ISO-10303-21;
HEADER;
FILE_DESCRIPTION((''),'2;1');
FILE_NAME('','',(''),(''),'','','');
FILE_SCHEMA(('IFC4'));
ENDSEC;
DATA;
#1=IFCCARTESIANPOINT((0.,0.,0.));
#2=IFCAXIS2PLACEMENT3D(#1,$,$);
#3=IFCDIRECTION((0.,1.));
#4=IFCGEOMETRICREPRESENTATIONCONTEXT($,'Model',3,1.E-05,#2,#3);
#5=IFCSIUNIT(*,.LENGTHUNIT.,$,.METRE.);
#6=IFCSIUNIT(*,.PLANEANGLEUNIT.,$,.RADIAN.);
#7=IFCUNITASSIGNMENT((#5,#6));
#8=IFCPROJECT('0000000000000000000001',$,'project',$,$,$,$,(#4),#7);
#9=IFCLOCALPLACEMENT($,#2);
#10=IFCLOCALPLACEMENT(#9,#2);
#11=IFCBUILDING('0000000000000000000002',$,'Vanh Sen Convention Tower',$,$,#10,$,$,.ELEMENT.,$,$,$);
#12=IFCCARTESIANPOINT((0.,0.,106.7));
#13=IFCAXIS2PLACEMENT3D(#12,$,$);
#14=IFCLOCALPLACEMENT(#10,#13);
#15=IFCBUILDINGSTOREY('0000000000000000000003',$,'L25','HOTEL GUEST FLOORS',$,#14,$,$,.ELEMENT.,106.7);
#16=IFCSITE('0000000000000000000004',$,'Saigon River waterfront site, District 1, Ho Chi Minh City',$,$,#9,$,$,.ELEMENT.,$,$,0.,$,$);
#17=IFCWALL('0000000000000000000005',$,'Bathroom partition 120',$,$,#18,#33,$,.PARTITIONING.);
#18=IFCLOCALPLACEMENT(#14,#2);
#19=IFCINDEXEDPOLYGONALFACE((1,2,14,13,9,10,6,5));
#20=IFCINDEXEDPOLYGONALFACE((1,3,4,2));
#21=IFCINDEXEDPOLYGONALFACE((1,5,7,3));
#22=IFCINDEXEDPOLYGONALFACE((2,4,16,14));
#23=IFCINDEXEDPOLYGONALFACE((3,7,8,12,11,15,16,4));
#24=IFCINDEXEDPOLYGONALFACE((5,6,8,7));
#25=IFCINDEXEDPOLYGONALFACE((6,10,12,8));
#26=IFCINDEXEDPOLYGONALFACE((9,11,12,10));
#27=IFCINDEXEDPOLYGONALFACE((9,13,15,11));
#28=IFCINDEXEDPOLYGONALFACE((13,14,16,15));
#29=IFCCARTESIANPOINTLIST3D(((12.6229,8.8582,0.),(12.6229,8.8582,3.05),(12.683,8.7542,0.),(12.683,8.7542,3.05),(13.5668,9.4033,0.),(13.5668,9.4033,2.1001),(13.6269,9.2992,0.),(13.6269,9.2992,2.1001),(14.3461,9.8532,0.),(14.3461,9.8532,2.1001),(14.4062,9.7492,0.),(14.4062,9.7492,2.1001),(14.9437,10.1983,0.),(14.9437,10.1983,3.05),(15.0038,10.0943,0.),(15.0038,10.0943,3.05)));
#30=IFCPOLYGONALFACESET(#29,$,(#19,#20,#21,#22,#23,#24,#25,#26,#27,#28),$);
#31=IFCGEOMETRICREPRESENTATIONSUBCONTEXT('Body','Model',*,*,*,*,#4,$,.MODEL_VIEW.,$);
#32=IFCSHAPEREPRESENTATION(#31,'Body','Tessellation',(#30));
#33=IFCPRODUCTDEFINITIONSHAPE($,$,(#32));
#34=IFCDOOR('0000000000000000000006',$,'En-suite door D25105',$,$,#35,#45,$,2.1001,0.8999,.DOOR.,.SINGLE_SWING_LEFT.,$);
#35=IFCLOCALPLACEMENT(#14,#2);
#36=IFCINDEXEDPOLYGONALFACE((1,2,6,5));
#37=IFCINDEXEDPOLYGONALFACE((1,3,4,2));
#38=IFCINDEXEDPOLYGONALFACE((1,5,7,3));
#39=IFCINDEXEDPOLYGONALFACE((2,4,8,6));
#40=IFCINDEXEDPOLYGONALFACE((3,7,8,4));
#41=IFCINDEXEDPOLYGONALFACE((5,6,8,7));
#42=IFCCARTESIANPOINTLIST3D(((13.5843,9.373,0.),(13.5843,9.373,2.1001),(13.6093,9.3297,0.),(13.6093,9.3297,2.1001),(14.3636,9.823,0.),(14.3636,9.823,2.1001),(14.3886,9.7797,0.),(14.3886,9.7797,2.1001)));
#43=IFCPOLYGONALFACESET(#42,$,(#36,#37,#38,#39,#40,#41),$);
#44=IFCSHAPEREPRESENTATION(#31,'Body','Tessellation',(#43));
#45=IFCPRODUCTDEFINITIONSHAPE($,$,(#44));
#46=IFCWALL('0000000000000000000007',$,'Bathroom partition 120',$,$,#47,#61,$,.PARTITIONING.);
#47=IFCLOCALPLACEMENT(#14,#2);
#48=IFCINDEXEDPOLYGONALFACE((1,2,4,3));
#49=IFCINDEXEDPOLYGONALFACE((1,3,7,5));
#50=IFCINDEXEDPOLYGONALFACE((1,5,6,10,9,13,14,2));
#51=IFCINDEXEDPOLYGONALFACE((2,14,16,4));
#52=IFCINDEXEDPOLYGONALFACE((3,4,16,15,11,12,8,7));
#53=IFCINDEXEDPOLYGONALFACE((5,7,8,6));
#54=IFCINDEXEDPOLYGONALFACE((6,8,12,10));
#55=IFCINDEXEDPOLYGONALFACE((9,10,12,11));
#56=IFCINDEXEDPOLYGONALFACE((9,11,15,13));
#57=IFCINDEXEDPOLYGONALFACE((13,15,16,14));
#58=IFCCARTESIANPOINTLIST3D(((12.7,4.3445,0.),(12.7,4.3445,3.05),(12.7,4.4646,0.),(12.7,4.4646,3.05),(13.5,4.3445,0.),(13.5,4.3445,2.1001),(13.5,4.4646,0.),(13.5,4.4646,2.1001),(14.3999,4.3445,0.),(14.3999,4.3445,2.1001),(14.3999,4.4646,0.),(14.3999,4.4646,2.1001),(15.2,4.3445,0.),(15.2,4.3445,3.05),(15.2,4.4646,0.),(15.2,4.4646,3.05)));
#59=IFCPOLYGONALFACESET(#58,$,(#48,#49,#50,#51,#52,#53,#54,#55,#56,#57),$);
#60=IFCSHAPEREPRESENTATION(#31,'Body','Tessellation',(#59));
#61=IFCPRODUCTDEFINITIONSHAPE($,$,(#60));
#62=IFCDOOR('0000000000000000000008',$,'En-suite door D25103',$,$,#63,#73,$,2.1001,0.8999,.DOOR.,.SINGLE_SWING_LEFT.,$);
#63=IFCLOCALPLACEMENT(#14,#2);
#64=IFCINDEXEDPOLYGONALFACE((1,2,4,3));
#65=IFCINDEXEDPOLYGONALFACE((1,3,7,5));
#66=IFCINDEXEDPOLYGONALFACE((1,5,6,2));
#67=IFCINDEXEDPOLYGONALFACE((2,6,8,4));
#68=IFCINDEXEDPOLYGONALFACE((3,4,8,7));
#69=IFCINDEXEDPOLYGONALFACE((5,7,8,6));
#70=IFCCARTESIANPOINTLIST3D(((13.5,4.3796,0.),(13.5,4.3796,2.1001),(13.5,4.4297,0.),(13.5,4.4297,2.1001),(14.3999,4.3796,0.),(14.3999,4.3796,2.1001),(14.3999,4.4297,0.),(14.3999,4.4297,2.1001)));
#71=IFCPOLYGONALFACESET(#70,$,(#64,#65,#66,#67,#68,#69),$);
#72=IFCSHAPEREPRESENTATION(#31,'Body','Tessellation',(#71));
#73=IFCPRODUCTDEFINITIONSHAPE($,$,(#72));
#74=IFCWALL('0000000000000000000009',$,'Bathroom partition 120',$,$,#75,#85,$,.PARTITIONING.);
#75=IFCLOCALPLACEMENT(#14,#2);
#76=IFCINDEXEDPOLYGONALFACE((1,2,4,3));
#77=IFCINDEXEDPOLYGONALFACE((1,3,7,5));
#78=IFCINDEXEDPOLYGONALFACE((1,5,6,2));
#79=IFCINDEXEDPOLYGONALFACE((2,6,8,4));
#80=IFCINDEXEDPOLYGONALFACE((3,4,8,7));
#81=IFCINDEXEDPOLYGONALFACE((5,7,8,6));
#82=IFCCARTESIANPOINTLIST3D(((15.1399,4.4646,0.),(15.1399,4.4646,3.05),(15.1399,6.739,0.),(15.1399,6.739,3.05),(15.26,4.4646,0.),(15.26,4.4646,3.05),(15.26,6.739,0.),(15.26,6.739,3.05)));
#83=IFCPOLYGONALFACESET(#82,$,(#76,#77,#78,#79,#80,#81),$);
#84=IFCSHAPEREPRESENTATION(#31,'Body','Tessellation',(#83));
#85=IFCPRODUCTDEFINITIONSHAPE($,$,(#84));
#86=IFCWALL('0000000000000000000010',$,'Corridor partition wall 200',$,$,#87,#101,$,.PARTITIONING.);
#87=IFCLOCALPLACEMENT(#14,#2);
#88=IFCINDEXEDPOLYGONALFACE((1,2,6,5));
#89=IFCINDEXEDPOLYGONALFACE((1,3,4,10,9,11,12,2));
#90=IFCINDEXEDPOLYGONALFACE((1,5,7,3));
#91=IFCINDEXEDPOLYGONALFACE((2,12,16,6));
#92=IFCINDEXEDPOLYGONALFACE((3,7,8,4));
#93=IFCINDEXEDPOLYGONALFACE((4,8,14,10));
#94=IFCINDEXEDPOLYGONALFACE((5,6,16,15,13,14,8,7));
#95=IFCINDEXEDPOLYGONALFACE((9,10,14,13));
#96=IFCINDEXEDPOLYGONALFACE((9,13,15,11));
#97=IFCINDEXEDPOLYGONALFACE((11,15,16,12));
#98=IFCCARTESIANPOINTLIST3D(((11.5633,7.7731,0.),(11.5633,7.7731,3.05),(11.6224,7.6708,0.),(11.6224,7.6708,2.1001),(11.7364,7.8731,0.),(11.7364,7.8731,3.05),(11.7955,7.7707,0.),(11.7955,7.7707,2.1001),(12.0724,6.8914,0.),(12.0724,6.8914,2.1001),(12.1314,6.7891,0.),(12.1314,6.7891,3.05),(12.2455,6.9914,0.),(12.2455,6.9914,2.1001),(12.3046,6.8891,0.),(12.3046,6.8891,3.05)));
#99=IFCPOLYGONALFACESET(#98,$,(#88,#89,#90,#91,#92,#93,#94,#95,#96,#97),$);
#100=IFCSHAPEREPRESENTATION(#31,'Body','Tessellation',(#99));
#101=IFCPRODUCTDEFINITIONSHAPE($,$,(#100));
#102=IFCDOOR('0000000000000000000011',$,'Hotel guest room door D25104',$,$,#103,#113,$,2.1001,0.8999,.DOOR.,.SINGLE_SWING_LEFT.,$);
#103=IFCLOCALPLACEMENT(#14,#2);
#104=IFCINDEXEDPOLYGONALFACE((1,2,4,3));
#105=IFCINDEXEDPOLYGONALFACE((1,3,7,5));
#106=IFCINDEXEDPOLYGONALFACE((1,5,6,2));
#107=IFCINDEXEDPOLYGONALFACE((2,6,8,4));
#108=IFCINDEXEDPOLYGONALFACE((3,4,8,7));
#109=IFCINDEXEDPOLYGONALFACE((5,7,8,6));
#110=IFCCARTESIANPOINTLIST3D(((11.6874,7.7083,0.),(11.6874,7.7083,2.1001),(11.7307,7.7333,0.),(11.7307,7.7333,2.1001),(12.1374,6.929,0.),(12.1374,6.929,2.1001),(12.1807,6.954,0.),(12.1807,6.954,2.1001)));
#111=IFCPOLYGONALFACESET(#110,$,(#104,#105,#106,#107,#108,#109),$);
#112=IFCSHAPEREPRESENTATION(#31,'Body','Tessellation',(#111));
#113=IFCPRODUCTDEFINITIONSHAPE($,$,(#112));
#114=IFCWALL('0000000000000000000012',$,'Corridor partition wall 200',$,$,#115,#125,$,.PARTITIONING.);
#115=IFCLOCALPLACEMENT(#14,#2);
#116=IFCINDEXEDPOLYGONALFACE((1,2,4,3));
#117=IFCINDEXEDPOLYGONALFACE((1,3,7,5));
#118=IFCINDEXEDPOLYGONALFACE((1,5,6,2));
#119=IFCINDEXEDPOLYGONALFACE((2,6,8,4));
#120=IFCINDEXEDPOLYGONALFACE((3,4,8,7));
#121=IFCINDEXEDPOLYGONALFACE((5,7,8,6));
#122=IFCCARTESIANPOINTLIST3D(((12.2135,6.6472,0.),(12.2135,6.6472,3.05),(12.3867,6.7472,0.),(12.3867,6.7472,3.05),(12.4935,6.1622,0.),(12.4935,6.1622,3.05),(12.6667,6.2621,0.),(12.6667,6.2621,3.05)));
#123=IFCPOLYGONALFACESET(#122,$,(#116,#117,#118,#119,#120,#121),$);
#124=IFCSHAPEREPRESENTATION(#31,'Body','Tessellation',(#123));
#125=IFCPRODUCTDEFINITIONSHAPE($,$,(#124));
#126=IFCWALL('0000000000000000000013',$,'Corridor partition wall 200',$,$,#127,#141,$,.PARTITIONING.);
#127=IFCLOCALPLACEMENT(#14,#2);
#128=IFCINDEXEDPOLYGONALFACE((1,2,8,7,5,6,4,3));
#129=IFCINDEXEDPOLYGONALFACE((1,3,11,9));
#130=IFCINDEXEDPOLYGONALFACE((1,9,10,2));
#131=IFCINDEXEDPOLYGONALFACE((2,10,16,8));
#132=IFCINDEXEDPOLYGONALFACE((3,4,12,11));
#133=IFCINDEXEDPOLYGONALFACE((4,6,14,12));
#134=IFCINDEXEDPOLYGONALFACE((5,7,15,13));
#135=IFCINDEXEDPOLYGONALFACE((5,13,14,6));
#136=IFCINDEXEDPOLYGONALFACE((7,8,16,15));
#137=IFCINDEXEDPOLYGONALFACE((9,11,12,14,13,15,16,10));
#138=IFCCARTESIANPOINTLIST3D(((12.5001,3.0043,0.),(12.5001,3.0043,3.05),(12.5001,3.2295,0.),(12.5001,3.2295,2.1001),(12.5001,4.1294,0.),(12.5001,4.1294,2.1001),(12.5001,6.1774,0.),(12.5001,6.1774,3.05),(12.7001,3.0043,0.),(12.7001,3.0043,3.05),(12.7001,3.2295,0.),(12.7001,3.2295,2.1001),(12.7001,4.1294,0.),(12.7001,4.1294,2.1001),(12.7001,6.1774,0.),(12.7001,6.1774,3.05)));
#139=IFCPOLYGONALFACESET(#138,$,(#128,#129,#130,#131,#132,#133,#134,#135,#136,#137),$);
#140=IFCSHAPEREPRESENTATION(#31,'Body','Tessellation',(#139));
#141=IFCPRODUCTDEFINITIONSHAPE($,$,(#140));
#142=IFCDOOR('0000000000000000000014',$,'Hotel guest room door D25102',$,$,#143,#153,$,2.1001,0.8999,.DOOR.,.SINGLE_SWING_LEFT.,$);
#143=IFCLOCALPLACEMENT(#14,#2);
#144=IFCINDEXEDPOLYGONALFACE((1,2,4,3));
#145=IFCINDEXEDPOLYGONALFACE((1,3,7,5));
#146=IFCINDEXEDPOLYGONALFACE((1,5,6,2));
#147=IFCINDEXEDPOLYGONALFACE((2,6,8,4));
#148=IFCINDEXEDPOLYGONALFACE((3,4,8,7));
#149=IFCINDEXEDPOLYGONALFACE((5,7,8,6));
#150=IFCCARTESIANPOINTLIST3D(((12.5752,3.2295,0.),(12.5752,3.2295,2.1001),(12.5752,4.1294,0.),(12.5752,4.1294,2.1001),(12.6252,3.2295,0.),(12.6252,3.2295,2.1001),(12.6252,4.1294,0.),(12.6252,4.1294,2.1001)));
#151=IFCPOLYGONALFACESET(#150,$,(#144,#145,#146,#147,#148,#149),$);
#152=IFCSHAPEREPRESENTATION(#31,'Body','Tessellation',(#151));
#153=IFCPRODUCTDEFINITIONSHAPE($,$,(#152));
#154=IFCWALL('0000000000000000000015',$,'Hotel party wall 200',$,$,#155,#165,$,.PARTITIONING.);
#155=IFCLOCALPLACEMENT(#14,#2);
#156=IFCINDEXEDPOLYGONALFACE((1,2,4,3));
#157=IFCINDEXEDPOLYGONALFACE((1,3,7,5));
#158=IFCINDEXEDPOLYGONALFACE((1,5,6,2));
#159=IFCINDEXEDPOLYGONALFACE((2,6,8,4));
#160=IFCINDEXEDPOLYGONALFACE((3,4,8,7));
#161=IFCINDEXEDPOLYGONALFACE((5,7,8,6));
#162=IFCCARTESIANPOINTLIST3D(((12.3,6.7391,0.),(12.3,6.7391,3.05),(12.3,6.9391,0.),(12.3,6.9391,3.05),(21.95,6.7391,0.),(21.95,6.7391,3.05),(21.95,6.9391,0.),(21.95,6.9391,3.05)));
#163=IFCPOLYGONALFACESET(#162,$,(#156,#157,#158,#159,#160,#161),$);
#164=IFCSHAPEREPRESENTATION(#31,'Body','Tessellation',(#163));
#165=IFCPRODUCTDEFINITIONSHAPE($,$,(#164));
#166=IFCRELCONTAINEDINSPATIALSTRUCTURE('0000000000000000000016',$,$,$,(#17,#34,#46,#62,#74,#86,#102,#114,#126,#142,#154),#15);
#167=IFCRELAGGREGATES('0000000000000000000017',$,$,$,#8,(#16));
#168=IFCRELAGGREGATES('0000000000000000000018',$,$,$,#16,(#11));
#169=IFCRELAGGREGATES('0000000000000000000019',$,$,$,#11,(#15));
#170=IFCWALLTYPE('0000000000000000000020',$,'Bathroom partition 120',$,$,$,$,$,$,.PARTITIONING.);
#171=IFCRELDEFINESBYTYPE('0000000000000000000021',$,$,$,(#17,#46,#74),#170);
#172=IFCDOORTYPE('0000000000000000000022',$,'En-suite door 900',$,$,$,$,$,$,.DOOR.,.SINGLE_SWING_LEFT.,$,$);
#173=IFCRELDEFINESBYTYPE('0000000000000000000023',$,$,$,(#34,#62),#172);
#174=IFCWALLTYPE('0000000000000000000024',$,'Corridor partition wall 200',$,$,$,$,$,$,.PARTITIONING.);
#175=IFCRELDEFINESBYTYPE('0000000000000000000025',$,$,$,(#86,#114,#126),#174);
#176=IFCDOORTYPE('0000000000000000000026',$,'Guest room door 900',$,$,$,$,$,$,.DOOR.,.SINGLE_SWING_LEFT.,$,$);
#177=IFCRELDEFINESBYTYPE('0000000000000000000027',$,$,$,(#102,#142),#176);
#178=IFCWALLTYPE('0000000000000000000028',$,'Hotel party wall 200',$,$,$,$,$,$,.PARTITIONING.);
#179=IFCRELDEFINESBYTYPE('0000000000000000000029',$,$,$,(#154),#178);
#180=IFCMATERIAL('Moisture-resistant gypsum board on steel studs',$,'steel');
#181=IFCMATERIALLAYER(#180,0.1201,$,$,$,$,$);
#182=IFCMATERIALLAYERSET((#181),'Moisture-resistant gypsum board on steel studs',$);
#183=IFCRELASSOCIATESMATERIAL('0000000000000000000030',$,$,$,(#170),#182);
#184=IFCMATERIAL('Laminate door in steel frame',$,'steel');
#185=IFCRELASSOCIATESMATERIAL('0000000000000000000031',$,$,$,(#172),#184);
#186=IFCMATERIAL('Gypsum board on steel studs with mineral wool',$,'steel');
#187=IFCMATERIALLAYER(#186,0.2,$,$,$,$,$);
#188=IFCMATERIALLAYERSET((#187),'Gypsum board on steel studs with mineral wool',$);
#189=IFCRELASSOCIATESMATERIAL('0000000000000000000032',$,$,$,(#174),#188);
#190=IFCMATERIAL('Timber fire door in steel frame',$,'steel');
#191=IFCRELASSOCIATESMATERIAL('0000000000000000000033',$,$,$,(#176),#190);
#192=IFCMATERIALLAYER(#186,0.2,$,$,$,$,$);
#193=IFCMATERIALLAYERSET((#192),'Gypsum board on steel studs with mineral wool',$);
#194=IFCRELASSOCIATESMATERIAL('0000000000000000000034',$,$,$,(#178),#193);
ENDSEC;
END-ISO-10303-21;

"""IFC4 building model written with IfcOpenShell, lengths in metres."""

from ifc_helpers import new_model, si_unit, direction, frame, frame_2d, origin, place, context, subcontext, project, spatial, rectangle, extrude, material, layer, layer_set, type_object, element, fill, save


model = new_model("IFC4")

# Units and contexts
model_context = context("Model", 3, precision=1e-05, world=origin(), true_north=direction((0.0, 1.0)))
body_context = subcontext(model_context, "Body", "Model", "MODEL_VIEW")
ifc_project = project(units=[si_unit("LENGTHUNIT", "METRE"), si_unit("PLANEANGLEUNIT", "RADIAN")], contexts=[model_context])

# Site, building, storey
site_placement = place(None, origin())
site = spatial("IfcSite", under=ifc_project, at=site_placement, Name="Saigon River waterfront site, District 1, Ho Chi Minh City", CompositionType="ELEMENT", RefElevation=0.0)
building_placement = place(site_placement, origin())
building = spatial("IfcBuilding", under=site, at=building_placement, Name="Vanh Sen Convention Tower", CompositionType="ELEMENT")
storey_placement = place(building_placement, frame((0.0, 0.0, 106.7)))
storey = spatial("IfcBuildingStorey", under=building, at=storey_placement, Name="L25", Description="HOTEL GUEST FLOORS", CompositionType="ELEMENT", Elevation=106.7)

# Shared definitions
ifc_material_1 = material(Name="Moisture-resistant gypsum board on steel studs", Category="steel")
ifc_layer_1 = layer(ifc_material_1, 0.1201)
ifc_layer_set_1 = layer_set([ifc_layer_1], Name="Moisture-resistant gypsum board on steel studs")
wall_type_1 = type_object("IfcWallType", Name="Bathroom partition 120", PredefinedType="PARTITIONING", material=ifc_layer_set_1)

# Walls, openings, doors
wall_1_placement = place(storey_placement, frame((14.9736, 10.1462, 0.0), z_axis=(0.0, 0.0, 1.0), x_axis=(-0.865997, -0.500048, 0.0)))
wall_1 = element("IfcWall", 1, at=wall_1_placement, inside=storey, type_object=wall_type_1, Name="Bathroom partition 120", PredefinedType="PARTITIONING", context=body_context, shape_type="SweptSolid", body=[
    extrude(rectangle(XDim=2.6799, YDim=0.1201, at=frame_2d((1.3398, 0.0))), origin(), (0.0, 0.0, 1.0), 3.05),
])
opening_1_placement = place(wall_1_placement, frame((0.6899, 0.0, 0.0)))
opening_1 = element("IfcOpeningElement", 2, at=opening_1_placement, cuts=wall_1, PredefinedType="OPENING", context=body_context, shape_type="SweptSolid", body=[
    extrude(rectangle(XDim=0.8999, YDim=2.1001, at=frame_2d((0.45, 1.05))), frame((0.0, 0.0701, 0.0), z_axis=(0.0, -1.0, 0.0), x_axis=(1.0, 0.0, 0.0)), (0.0, 0.0, 1.0), 0.1401),
])
ifc_material_2 = material(Name="Laminate door in steel frame", Category="steel")
door_type_1 = type_object("IfcDoorType", Name="En-suite door 900", OperationType="SINGLE_SWING_LEFT", PredefinedType="DOOR", material=ifc_material_2)
door_1_placement = place(opening_1_placement, origin())
door_1 = element("IfcDoor", 3, at=door_1_placement, inside=storey, type_object=door_type_1, Name="En-suite door D25105", OperationType="SINGLE_SWING_LEFT", OverallHeight=2.1001, OverallWidth=0.8999, PredefinedType="DOOR", context=body_context, shape_type="SweptSolid", body=[
    extrude(rectangle(XDim=0.8999, YDim=2.1001, at=frame_2d((0.45, 1.05))), frame((0.0, 0.0249, 0.0), z_axis=(0.0, -1.0, 0.0), x_axis=(1.0, 0.0, 0.0)), (0.0, 0.0, 1.0), 0.05),
])
fill(opening_1, door_1)
wall_2_placement = place(storey_placement, frame((15.2, 4.4045, 0.0), z_axis=(0.0, 0.0, 1.0), x_axis=(-1.0, 0.0, 0.0)))
wall_2 = element("IfcWall", 4, at=wall_2_placement, inside=storey, type_object=wall_type_1, Name="Bathroom partition 120", PredefinedType="PARTITIONING", context=body_context, shape_type="SweptSolid", body=[
    extrude(rectangle(XDim=2.5, YDim=0.1201, at=frame_2d((1.25, 0.0))), origin(), (0.0, 0.0, 1.0), 3.05),
])
opening_2_placement = place(wall_2_placement, frame((0.8, 0.0, 0.0)))
opening_2 = element("IfcOpeningElement", 5, at=opening_2_placement, cuts=wall_2, PredefinedType="OPENING", context=body_context, shape_type="SweptSolid", body=[
    extrude(rectangle(XDim=0.8999, YDim=2.1001, at=frame_2d((0.45, 1.05))), frame((0.0, 0.0701, 0.0), z_axis=(0.0, -1.0, 0.0), x_axis=(1.0, 0.0, 0.0)), (0.0, 0.0, 1.0), 0.1401),
])
door_2_placement = place(opening_2_placement, origin())
door_2 = element("IfcDoor", 6, at=door_2_placement, inside=storey, type_object=door_type_1, Name="En-suite door D25103", OperationType="SINGLE_SWING_LEFT", OverallHeight=2.1001, OverallWidth=0.8999, PredefinedType="DOOR", context=body_context, shape_type="SweptSolid", body=[
    extrude(rectangle(XDim=0.8999, YDim=2.1001, at=frame_2d((0.45, 1.05))), frame((0.0, 0.0249, 0.0), z_axis=(0.0, -1.0, 0.0), x_axis=(1.0, 0.0, 0.0)), (0.0, 0.0, 1.0), 0.05),
])
fill(opening_2, door_2)

# Wall
wall_3_placement = place(storey_placement, frame((15.2, 6.739, 0.0), z_axis=(0.0, 0.0, 1.0), x_axis=(0.0, -1.0, 0.0)))
element("IfcWall", 7, at=wall_3_placement, inside=storey, type_object=wall_type_1, Name="Bathroom partition 120", PredefinedType="PARTITIONING", context=body_context, shape_type="SweptSolid", body=[
    extrude(rectangle(XDim=2.2744, YDim=0.1201, at=frame_2d((1.1372, 0.0))), origin(), (0.0, 0.0, 1.0), 3.05),
])

# Wall, opening, door
ifc_material_3 = material(Name="Gypsum board on steel studs with mineral wool", Category="steel")
ifc_layer_2 = layer(ifc_material_3, 0.2)
ifc_layer_set_2 = layer_set([ifc_layer_2], Name="Gypsum board on steel studs with mineral wool")
wall_type_2 = type_object("IfcWallType", Name="Corridor partition wall 200", PredefinedType="PARTITIONING", material=ifc_layer_set_2)
wall_4_placement = place(storey_placement, frame((12.218, 6.8391, 0.0), z_axis=(0.0, 0.0, 1.0), x_axis=(-0.500045, 0.865999, 0.0)))
wall_4 = element("IfcWall", 8, at=wall_4_placement, inside=storey, type_object=wall_type_2, Name="Corridor partition wall 200", PredefinedType="PARTITIONING", context=body_context, shape_type="SweptSolid", body=[
    extrude(rectangle(XDim=1.1362, YDim=0.2, at=frame_2d((0.5681, 0.0))), origin(), (0.0, 0.0, 1.0), 3.05),
])
opening_3_placement = place(wall_4_placement, frame((0.1182, 0.0, 0.0)))
opening_3 = element("IfcOpeningElement", 9, at=opening_3_placement, cuts=wall_4, PredefinedType="OPENING", context=body_context, shape_type="SweptSolid", body=[
    extrude(rectangle(XDim=0.8999, YDim=2.1001, at=frame_2d((0.45, 1.05))), frame((0.0, 0.1099, 0.0), z_axis=(0.0, -1.0, 0.0), x_axis=(1.0, 0.0, 0.0)), (0.0, 0.0, 1.0), 0.22),
])
ifc_material_4 = material(Name="Timber fire door in steel frame", Category="steel")
door_type_2 = type_object("IfcDoorType", Name="Guest room door 900", OperationType="SINGLE_SWING_LEFT", PredefinedType="DOOR", material=ifc_material_4)
door_3_placement = place(opening_3_placement, origin())
door_3 = element("IfcDoor", 10, at=door_3_placement, inside=storey, type_object=door_type_2, Name="Hotel guest room door D25104", OperationType="SINGLE_SWING_LEFT", OverallHeight=2.1001, OverallWidth=0.8999, PredefinedType="DOOR", context=body_context, shape_type="SweptSolid", body=[
    extrude(rectangle(XDim=0.8999, YDim=2.1001, at=frame_2d((0.45, 1.05))), frame((0.0, 0.0249, 0.0), z_axis=(0.0, -1.0, 0.0), x_axis=(1.0, 0.0, 0.0)), (0.0, 0.0, 1.0), 0.05),
])
fill(opening_3, door_3)

# Wall
wall_5_placement = place(storey_placement, frame((12.5801, 6.2122, 0.0), z_axis=(0.0, 0.0, 1.0), x_axis=(-0.499936, 0.866062, 0.0)))
element("IfcWall", 11, at=wall_5_placement, inside=storey, type_object=wall_type_2, Name="Corridor partition wall 200", PredefinedType="PARTITIONING", context=body_context, shape_type="SweptSolid", body=[
    extrude(rectangle(XDim=0.5601, YDim=0.2, at=frame_2d((0.28, 0.0))), origin(), (0.0, 0.0, 1.0), 3.05),
])

# Wall, opening, door
wall_6_placement = place(storey_placement, frame((12.6001, 3.0044, 0.0), z_axis=(0.0, 0.0, 1.0), x_axis=(0.0, 1.0, 0.0)))
wall_6 = element("IfcWall", 12, at=wall_6_placement, inside=storey, type_object=wall_type_2, Name="Corridor partition wall 200", PredefinedType="PARTITIONING", context=body_context, shape_type="SweptSolid", body=[
    extrude(rectangle(XDim=3.1731, YDim=0.2, at=frame_2d((1.5864, 0.0))), origin(), (0.0, 0.0, 1.0), 3.05),
])
opening_4_placement = place(wall_6_placement, frame((0.2251, 0.0, 0.0)))
opening_4 = element("IfcOpeningElement", 13, at=opening_4_placement, cuts=wall_6, PredefinedType="OPENING", context=body_context, shape_type="SweptSolid", body=[
    extrude(rectangle(XDim=0.8999, YDim=2.1001, at=frame_2d((0.45, 1.05))), frame((0.0, 0.1099, 0.0), z_axis=(0.0, -1.0, 0.0), x_axis=(1.0, 0.0, 0.0)), (0.0, 0.0, 1.0), 0.22),
])
door_4_placement = place(opening_4_placement, origin())
door_4 = element("IfcDoor", 14, at=door_4_placement, inside=storey, type_object=door_type_2, Name="Hotel guest room door D25102", OperationType="SINGLE_SWING_LEFT", OverallHeight=2.1001, OverallWidth=0.8999, PredefinedType="DOOR", context=body_context, shape_type="SweptSolid", body=[
    extrude(rectangle(XDim=0.8999, YDim=2.1001, at=frame_2d((0.45, 1.05))), frame((0.0, 0.0249, 0.0), z_axis=(0.0, -1.0, 0.0), x_axis=(1.0, 0.0, 0.0)), (0.0, 0.0, 1.0), 0.05),
])
fill(opening_4, door_4)

# Wall
ifc_layer_3 = layer(ifc_material_3, 0.2)
ifc_layer_set_3 = layer_set([ifc_layer_3], Name="Gypsum board on steel studs with mineral wool")
wall_type_3 = type_object("IfcWallType", Name="Hotel party wall 200", PredefinedType="PARTITIONING", material=ifc_layer_set_3)
wall_7_placement = place(storey_placement, frame((21.95, 6.8391, 0.0), z_axis=(0.0, 0.0, 1.0), x_axis=(-1.0, 0.0, 0.0)))
element("IfcWall", 15, at=wall_7_placement, inside=storey, type_object=wall_type_3, Name="Hotel party wall 200", PredefinedType="PARTITIONING", context=body_context, shape_type="SweptSolid", body=[
    extrude(rectangle(XDim=9.6499, YDim=0.2, at=frame_2d((4.825, 0.0))), origin(), (0.0, 0.0, 1.0), 3.05),
])

save(model, "model.ifc")
